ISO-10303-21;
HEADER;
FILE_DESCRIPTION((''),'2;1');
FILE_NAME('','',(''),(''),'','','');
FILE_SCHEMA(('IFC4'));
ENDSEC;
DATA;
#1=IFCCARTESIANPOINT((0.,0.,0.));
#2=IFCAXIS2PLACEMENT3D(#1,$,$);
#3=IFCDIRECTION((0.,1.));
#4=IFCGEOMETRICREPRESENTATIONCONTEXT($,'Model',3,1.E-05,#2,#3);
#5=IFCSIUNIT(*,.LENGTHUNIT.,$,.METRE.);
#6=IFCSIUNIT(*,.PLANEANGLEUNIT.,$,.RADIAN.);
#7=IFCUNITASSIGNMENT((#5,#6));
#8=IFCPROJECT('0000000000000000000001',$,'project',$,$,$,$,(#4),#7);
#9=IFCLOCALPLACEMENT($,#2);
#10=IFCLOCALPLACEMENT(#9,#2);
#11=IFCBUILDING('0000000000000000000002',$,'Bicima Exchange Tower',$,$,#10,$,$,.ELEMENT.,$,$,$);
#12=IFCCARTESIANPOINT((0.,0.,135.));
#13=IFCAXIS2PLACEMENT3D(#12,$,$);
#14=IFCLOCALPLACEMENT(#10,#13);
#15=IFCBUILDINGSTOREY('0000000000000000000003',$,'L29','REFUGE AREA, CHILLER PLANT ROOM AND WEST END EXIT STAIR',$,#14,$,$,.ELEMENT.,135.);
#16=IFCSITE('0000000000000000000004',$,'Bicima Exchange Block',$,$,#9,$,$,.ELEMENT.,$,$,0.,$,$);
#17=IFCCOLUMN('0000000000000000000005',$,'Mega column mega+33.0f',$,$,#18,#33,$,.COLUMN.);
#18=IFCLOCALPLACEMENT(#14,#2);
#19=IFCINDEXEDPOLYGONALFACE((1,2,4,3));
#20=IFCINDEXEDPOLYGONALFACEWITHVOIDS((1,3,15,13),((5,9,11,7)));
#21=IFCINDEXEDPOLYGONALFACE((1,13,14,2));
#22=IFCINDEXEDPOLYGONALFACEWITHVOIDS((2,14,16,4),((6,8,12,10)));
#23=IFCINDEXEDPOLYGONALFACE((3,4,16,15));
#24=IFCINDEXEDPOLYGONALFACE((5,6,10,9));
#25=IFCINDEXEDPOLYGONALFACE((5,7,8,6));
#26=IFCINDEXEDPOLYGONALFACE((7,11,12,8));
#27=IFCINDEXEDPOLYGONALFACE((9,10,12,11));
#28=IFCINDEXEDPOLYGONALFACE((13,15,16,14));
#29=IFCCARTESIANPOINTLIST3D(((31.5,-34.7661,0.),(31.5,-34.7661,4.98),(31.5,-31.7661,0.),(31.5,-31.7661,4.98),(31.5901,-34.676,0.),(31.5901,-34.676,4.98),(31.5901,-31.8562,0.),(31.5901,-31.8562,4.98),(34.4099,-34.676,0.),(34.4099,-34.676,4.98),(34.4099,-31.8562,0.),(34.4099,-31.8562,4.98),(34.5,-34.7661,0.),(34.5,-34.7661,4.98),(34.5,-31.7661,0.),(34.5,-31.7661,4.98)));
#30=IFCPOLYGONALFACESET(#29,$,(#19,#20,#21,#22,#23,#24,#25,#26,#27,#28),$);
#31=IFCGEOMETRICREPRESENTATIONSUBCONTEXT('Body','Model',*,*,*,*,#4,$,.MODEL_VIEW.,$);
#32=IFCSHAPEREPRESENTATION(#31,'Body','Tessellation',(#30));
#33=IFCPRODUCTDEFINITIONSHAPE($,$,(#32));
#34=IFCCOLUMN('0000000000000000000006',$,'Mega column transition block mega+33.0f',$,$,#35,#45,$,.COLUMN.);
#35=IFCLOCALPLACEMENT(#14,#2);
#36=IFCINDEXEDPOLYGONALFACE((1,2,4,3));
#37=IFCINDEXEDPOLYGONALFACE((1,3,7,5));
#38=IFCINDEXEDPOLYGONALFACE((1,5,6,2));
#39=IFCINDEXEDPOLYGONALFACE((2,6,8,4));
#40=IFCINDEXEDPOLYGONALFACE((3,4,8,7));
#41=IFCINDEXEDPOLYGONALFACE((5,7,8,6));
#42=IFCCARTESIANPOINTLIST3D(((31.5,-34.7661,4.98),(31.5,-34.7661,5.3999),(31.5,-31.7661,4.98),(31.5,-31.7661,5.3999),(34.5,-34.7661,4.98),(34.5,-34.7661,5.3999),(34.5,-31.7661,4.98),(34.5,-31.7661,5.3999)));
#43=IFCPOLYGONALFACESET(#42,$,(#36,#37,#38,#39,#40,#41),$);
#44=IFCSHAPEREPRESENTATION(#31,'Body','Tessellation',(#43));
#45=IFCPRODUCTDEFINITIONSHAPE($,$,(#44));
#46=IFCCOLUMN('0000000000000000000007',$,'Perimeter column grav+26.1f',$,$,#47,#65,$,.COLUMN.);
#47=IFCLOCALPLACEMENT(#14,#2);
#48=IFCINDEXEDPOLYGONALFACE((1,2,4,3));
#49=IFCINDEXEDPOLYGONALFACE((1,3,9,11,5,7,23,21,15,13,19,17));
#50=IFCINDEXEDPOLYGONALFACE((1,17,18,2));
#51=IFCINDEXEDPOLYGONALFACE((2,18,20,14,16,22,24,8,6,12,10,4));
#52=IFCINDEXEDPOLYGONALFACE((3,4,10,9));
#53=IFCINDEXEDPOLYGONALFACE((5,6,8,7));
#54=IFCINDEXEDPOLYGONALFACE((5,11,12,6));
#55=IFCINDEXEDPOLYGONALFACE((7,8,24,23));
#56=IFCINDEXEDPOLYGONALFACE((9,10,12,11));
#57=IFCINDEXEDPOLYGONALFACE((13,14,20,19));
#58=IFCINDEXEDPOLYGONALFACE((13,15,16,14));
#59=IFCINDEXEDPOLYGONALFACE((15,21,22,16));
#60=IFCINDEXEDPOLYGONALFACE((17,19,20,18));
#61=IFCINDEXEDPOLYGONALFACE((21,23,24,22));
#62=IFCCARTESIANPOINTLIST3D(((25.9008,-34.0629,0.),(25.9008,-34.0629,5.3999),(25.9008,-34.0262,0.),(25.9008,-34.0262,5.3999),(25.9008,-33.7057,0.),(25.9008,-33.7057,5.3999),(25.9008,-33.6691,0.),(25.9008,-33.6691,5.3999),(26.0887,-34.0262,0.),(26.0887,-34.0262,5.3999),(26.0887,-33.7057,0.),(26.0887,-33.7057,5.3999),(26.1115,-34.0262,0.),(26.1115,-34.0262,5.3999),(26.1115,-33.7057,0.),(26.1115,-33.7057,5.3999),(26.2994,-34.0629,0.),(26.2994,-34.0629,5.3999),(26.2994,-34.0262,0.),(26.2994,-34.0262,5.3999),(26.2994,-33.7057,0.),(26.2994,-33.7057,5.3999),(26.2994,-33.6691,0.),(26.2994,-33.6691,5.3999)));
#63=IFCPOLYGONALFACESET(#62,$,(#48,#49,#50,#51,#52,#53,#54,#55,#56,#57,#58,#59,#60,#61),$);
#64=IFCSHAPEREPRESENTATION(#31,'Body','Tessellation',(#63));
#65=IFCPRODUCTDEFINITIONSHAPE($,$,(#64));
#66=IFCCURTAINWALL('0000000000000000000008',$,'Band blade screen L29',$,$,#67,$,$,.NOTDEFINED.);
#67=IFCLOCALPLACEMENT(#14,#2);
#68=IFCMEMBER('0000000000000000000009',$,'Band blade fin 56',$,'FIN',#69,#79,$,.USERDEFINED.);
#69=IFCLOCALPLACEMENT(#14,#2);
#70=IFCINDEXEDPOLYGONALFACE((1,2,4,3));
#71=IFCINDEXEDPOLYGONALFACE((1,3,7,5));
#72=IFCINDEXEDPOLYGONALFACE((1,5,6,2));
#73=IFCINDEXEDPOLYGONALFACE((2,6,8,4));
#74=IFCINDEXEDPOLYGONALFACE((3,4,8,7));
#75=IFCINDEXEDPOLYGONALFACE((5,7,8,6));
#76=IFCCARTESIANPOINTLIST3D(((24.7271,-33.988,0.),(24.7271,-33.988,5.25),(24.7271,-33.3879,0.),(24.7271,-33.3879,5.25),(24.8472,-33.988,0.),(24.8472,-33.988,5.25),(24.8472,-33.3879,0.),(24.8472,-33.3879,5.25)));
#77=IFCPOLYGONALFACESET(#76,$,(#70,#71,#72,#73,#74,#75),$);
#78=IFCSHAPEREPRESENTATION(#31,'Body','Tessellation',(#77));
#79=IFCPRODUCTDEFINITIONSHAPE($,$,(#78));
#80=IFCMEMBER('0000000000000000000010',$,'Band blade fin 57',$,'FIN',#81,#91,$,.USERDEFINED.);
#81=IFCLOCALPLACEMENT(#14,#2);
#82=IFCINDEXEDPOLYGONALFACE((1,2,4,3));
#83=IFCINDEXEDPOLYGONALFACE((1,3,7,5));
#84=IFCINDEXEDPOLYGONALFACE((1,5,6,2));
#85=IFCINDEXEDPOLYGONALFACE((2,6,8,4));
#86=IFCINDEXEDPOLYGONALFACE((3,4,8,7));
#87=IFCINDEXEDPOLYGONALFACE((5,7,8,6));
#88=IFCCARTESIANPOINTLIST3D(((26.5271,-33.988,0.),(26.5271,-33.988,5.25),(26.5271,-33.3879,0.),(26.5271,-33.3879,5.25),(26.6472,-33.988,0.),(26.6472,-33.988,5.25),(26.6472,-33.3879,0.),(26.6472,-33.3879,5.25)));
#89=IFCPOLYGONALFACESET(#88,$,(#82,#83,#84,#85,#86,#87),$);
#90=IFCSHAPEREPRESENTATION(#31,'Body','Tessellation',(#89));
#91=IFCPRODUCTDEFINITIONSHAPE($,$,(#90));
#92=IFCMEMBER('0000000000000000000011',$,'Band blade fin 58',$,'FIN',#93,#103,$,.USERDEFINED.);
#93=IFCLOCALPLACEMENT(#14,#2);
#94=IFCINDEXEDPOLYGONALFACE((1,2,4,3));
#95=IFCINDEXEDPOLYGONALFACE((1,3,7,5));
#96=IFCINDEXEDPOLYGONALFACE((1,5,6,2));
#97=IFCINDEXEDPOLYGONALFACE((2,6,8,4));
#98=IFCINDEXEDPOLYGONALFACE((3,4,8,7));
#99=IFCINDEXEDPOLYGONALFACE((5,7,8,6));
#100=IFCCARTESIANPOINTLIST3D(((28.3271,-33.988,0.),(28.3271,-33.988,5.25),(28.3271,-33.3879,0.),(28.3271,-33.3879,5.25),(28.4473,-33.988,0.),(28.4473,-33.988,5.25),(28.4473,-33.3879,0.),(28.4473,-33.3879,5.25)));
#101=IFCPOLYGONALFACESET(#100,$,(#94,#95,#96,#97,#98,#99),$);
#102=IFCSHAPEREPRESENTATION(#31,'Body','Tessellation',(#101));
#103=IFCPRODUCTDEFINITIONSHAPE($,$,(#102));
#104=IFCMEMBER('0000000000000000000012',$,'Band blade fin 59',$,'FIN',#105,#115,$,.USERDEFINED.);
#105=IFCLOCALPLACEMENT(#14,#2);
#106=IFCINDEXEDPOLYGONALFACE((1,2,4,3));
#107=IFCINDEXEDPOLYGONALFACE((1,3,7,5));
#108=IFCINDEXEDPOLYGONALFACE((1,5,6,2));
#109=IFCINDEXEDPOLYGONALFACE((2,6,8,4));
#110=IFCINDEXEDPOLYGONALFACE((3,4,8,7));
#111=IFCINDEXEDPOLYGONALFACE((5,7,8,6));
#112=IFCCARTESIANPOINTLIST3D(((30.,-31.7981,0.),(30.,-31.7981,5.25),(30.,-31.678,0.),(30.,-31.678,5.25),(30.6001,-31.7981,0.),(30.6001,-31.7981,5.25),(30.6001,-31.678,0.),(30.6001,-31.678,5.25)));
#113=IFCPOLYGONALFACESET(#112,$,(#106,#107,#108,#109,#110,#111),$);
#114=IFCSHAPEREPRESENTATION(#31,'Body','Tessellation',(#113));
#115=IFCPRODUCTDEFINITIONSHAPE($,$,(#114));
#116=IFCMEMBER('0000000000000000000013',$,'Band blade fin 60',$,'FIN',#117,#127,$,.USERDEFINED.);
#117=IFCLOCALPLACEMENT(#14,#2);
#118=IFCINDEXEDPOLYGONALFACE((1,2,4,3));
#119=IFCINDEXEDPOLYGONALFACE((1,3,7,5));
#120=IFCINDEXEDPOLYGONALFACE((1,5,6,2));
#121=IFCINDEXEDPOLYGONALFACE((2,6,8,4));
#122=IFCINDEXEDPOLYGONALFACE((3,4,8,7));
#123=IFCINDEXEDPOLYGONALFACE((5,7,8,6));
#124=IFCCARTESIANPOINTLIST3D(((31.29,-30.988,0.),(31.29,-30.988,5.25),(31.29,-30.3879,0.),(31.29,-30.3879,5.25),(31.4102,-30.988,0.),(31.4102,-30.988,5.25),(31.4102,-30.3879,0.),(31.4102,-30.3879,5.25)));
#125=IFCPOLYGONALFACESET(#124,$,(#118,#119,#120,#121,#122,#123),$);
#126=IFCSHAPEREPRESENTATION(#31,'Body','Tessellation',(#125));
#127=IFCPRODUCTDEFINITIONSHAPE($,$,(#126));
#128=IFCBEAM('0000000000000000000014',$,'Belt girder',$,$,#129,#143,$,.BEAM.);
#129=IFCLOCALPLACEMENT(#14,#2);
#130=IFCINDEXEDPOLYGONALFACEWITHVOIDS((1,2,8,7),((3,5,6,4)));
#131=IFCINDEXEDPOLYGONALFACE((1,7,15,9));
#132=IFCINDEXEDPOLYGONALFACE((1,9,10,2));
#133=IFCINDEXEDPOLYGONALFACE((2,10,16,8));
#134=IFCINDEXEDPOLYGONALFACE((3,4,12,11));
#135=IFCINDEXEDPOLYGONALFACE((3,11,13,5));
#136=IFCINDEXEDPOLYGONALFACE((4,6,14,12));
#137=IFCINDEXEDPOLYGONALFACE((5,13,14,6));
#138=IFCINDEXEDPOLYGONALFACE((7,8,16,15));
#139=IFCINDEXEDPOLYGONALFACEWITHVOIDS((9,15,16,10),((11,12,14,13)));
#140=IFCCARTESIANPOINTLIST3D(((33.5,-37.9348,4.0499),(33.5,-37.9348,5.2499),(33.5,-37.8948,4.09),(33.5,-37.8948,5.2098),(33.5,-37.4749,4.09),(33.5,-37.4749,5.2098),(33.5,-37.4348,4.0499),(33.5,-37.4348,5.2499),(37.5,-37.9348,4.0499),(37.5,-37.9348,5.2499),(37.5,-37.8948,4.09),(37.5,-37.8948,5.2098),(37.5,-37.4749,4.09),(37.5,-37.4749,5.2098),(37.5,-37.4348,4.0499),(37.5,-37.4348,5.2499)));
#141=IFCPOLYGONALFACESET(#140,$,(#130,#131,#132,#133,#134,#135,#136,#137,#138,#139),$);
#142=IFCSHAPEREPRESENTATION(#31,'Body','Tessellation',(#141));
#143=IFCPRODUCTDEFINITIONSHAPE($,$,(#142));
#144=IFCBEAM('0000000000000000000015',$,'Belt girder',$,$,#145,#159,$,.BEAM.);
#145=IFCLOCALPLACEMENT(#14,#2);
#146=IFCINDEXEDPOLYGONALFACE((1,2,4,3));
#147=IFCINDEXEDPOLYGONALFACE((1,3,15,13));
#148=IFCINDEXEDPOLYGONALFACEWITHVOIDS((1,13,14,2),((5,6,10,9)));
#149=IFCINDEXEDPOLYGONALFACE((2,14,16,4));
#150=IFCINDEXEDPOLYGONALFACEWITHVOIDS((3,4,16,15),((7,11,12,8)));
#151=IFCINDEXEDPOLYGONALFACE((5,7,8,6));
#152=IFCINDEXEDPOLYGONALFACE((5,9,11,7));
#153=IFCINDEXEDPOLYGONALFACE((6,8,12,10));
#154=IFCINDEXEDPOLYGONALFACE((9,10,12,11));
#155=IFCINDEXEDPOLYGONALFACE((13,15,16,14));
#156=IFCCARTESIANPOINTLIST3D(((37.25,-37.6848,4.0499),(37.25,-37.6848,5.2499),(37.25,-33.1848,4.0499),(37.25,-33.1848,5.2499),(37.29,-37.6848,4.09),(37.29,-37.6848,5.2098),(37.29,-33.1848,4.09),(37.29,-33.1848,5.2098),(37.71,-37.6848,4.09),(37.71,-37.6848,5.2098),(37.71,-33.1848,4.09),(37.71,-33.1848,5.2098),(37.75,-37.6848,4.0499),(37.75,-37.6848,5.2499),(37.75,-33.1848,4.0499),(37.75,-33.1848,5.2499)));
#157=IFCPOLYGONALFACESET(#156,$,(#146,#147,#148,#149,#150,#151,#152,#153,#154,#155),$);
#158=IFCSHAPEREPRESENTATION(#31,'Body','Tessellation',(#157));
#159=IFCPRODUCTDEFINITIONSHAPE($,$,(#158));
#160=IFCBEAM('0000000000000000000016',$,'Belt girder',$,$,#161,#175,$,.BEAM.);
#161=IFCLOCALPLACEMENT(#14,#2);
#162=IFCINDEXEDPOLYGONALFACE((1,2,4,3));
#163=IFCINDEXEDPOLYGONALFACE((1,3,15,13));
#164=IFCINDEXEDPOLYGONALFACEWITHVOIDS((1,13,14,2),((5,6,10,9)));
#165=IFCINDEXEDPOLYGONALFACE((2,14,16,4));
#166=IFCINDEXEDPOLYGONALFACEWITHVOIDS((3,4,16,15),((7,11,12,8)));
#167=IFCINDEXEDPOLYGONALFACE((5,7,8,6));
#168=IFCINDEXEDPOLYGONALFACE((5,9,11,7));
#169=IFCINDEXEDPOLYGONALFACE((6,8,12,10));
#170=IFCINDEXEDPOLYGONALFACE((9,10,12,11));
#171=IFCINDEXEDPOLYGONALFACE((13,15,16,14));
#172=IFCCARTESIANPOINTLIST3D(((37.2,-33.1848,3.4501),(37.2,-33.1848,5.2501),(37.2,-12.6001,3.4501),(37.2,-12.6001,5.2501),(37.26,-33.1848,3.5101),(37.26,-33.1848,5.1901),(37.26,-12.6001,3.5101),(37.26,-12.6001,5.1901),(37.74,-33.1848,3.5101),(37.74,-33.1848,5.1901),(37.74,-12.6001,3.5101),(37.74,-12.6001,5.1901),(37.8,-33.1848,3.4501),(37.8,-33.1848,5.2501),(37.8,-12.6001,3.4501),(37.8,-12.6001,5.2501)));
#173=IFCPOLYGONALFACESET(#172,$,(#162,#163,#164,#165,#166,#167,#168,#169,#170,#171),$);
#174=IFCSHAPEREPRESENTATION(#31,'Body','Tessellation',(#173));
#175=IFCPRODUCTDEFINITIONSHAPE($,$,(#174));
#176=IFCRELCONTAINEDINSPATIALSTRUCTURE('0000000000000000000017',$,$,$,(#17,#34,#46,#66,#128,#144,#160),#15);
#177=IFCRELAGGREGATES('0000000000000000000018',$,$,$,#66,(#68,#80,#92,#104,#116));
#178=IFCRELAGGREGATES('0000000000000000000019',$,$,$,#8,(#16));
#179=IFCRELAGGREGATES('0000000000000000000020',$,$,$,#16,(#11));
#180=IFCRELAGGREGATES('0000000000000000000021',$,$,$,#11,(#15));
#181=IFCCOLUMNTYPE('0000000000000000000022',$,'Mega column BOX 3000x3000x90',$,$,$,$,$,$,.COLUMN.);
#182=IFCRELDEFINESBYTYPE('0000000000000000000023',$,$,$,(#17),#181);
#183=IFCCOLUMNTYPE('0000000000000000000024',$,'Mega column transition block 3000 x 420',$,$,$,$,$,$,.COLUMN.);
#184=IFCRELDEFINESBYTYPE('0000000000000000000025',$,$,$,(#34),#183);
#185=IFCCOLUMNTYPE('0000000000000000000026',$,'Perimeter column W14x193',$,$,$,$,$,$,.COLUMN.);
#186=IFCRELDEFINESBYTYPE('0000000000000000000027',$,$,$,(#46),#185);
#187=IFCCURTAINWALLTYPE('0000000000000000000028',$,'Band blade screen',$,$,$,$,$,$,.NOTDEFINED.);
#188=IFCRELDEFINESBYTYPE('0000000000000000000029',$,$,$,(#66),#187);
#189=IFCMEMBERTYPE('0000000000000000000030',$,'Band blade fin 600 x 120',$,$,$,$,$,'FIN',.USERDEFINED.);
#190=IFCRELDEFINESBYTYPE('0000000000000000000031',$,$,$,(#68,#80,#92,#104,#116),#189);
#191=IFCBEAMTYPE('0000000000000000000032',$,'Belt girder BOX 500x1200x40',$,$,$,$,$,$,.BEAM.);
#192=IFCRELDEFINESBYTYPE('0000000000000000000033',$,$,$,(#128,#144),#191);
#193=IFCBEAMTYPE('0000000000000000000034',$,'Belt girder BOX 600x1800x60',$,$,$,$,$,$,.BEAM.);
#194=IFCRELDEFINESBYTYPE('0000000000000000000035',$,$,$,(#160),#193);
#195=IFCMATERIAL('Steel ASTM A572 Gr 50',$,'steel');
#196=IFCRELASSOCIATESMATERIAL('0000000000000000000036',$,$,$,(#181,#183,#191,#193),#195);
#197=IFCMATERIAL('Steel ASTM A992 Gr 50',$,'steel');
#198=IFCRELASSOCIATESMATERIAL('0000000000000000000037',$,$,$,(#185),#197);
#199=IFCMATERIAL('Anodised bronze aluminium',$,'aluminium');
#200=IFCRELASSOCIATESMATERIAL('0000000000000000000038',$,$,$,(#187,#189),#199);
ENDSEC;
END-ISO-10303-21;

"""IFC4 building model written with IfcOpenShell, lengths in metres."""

from ifc_helpers import new_model, si_unit, direction, frame, origin, origin_2d, place, context, subcontext, project, spatial, rectangle, hollow_rectangle, i_section, extrude, material, material_profile, profile_set, type_object, element, aggregate, save


model = new_model("IFC4")

# Units and contexts
model_context = context("Model", 3, precision=1e-05, world=origin(), true_north=direction((0.0, 1.0)))
body_context = subcontext(model_context, "Body", "Model", "MODEL_VIEW")
ifc_project = project(units=[si_unit("LENGTHUNIT", "METRE"), si_unit("PLANEANGLEUNIT", "RADIAN")], contexts=[model_context])

# Site, building, storey
site_placement = place(None, origin())
site = spatial("IfcSite", under=ifc_project, at=site_placement, Name="Bicima Exchange Block", CompositionType="ELEMENT", RefElevation=0.0)
building_placement = place(site_placement, origin())
building = spatial("IfcBuilding", under=site, at=building_placement, Name="Bicima Exchange Tower", CompositionType="ELEMENT")
storey_placement = place(building_placement, frame((0.0, 0.0, 135.0)))
storey = spatial("IfcBuildingStorey", under=building, at=storey_placement, Name="L29", Description="REFUGE AREA, CHILLER PLANT ROOM AND WEST END EXIT STAIR", CompositionType="ELEMENT", Elevation=135.0)

# Columns
ifc_material_1 = material(Name="Steel ASTM A572 Gr 50", Category="steel")
ifc_material_profile_1 = material_profile(ifc_material_1, hollow_rectangle(XDim=3.0, YDim=3.0, WallThickness=0.0901, at=origin_2d()))
ifc_profile_set_1 = profile_set([ifc_material_profile_1], Name="Steel ASTM A572 Gr 50")
column_type_1 = type_object("IfcColumnType", Name="Mega column BOX 3000x3000x90", PredefinedType="COLUMN", material=ifc_profile_set_1)
column_1_placement = place(storey_placement, frame((33.0, -33.2661, 0.0), z_axis=(0.0, 0.0, 1.0), x_axis=(1.0, 0.0, 0.0)))
element("IfcColumn", 1, at=column_1_placement, inside=storey, type_object=column_type_1, Name="Mega column mega+33.0f", PredefinedType="COLUMN", context=body_context, shape_type="SweptSolid", body=[
    extrude(hollow_rectangle(XDim=3.0, YDim=3.0, WallThickness=0.0901, at=origin_2d()), origin(), (0.0, 0.0, 1.0), 4.98),
])
ifc_material_profile_2 = material_profile(ifc_material_1, rectangle(XDim=3.0, YDim=3.0, at=origin_2d()))
ifc_profile_set_2 = profile_set([ifc_material_profile_2], Name="Steel ASTM A572 Gr 50")
column_type_2 = type_object("IfcColumnType", Name="Mega column transition block 3000 x 420", PredefinedType="COLUMN", material=ifc_profile_set_2)
column_2_placement = place(storey_placement, frame((33.0, -33.2661, 4.98), z_axis=(0.0, 0.0, 1.0), x_axis=(1.0, 0.0, 0.0)))
element("IfcColumn", 2, at=column_2_placement, inside=storey, type_object=column_type_2, Name="Mega column transition block mega+33.0f", PredefinedType="COLUMN", context=body_context, shape_type="SweptSolid", body=[
    extrude(rectangle(XDim=3.0, YDim=3.0, at=origin_2d()), origin(), (0.0, 0.0, 1.0), 0.4199),
])
ifc_material_2 = material(Name="Steel ASTM A992 Gr 50", Category="steel")
ifc_material_profile_3 = material_profile(ifc_material_2, i_section(OverallWidth=0.3987, OverallDepth=0.3938, WebThickness=0.0227, FlangeThickness=0.0366, at=origin_2d()))
ifc_profile_set_3 = profile_set([ifc_material_profile_3], Name="Steel ASTM A992 Gr 50")
column_type_3 = type_object("IfcColumnType", Name="Perimeter column W14x193", PredefinedType="COLUMN", material=ifc_profile_set_3)
column_3_placement = place(storey_placement, frame((26.1001, -33.866, 0.0), z_axis=(0.0, 0.0, 1.0), x_axis=(1.0, 0.0, 0.0)))
element("IfcColumn", 3, at=column_3_placement, inside=storey, type_object=column_type_3, Name="Perimeter column grav+26.1f", PredefinedType="COLUMN", context=body_context, shape_type="SweptSolid", body=[
    extrude(i_section(OverallWidth=0.3987, OverallDepth=0.3938, WebThickness=0.0227, FlangeThickness=0.0366, at=origin_2d()), origin(), (0.0, 0.0, 1.0), 5.3999),
])

# Curtain wall, members
ifc_material_3 = material(Name="Anodised bronze aluminium", Category="aluminium")
curtain_wall_type = type_object("IfcCurtainWallType", Name="Band blade screen", PredefinedType="NOTDEFINED", material=ifc_material_3)
curtain_wall_placement = place(storey_placement, origin())
curtain_wall = element("IfcCurtainWall", 4, at=curtain_wall_placement, inside=storey, type_object=curtain_wall_type, Name="Band blade screen L29", PredefinedType="NOTDEFINED")
ifc_material_profile_4 = material_profile(ifc_material_3, rectangle(XDim=0.6001, YDim=0.1201, at=origin_2d()))
ifc_profile_set_4 = profile_set([ifc_material_profile_4], Name="Anodised bronze aluminium")
member_type_1 = type_object("IfcMemberType", Name="Band blade fin 600 x 120", ElementType="FIN", PredefinedType="USERDEFINED", material=ifc_profile_set_4)
member_1_placement = place(storey_placement, frame((24.7871, -33.688, 0.0), z_axis=(0.0, 0.0, 1.0), x_axis=(0.0, 1.0, 0.0)))
member_1 = element("IfcMember", 5, at=member_1_placement, type_object=member_type_1, Name="Band blade fin 56", ObjectType="FIN", PredefinedType="USERDEFINED", context=body_context, shape_type="SweptSolid", body=[
    extrude(rectangle(XDim=0.6001, YDim=0.1201, at=origin_2d()), origin(), (0.0, 0.0, 1.0), 5.25),
])
member_2_placement = place(storey_placement, frame((26.5872, -33.688, 0.0), z_axis=(0.0, 0.0, 1.0), x_axis=(0.0, 1.0, 0.0)))
member_2 = element("IfcMember", 6, at=member_2_placement, type_object=member_type_1, Name="Band blade fin 57", ObjectType="FIN", PredefinedType="USERDEFINED", context=body_context, shape_type="SweptSolid", body=[
    extrude(rectangle(XDim=0.6001, YDim=0.1201, at=origin_2d()), origin(), (0.0, 0.0, 1.0), 5.25),
])
member_3_placement = place(storey_placement, frame((28.3872, -33.688, 0.0), z_axis=(0.0, 0.0, 1.0), x_axis=(0.0, 1.0, 0.0)))
member_3 = element("IfcMember", 7, at=member_3_placement, type_object=member_type_1, Name="Band blade fin 58", ObjectType="FIN", PredefinedType="USERDEFINED", context=body_context, shape_type="SweptSolid", body=[
    extrude(rectangle(XDim=0.6001, YDim=0.1201, at=origin_2d()), origin(), (0.0, 0.0, 1.0), 5.25),
])
member_4_placement = place(storey_placement, frame((30.3, -31.738, 0.0), z_axis=(0.0, 0.0, 1.0), x_axis=(-1.0, 0.0, 0.0)))
member_4 = element("IfcMember", 8, at=member_4_placement, type_object=member_type_1, Name="Band blade fin 59", ObjectType="FIN", PredefinedType="USERDEFINED", context=body_context, shape_type="SweptSolid", body=[
    extrude(rectangle(XDim=0.6001, YDim=0.1201, at=origin_2d()), origin(), (0.0, 0.0, 1.0), 5.25),
])
member_5_placement = place(storey_placement, frame((31.3501, -30.688, 0.0), z_axis=(0.0, 0.0, 1.0), x_axis=(0.0, 1.0, 0.0)))
member_5 = element("IfcMember", 9, at=member_5_placement, type_object=member_type_1, Name="Band blade fin 60", ObjectType="FIN", PredefinedType="USERDEFINED", context=body_context, shape_type="SweptSolid", body=[
    extrude(rectangle(XDim=0.6001, YDim=0.1201, at=origin_2d()), origin(), (0.0, 0.0, 1.0), 5.25),
])
aggregate(curtain_wall, [member_1, member_2, member_3, member_4, member_5])

# Beams
ifc_material_profile_5 = material_profile(ifc_material_1, hollow_rectangle(XDim=0.5, YDim=1.2, WallThickness=0.04, at=origin_2d()))
ifc_profile_set_5 = profile_set([ifc_material_profile_5], Name="Steel ASTM A572 Gr 50")
beam_type_1 = type_object("IfcBeamType", Name="Belt girder BOX 500x1200x40", PredefinedType="BEAM", material=ifc_profile_set_5)
beam_1_placement = place(storey_placement, frame((33.5, -37.6848, 4.6499), z_axis=(1.0, 0.0, 0.0), x_axis=(0.0, 1.0, 0.0)))
element("IfcBeam", 10, at=beam_1_placement, inside=storey, type_object=beam_type_1, Name="Belt girder", PredefinedType="BEAM", context=body_context, shape_type="SweptSolid", body=[
    extrude(hollow_rectangle(XDim=0.5, YDim=1.2, WallThickness=0.04, at=origin_2d()), origin(), (0.0, 0.0, 1.0), 4.0),
])
beam_2_placement = place(storey_placement, frame((37.5, -37.6848, 4.6499), z_axis=(0.0, 1.0, 0.0), x_axis=(-1.0, 0.0, 0.0)))
element("IfcBeam", 11, at=beam_2_placement, inside=storey, type_object=beam_type_1, Name="Belt girder", PredefinedType="BEAM", context=body_context, shape_type="SweptSolid", body=[
    extrude(hollow_rectangle(XDim=0.5, YDim=1.2, WallThickness=0.04, at=origin_2d()), origin(), (0.0, 0.0, 1.0), 4.5),
])
ifc_material_profile_6 = material_profile(ifc_material_1, hollow_rectangle(XDim=0.6001, YDim=1.8, WallThickness=0.0601, at=origin_2d()))
ifc_profile_set_6 = profile_set([ifc_material_profile_6], Name="Steel ASTM A572 Gr 50")
beam_type_2 = type_object("IfcBeamType", Name="Belt girder BOX 600x1800x60", PredefinedType="BEAM", material=ifc_profile_set_6)
beam_3_placement = place(storey_placement, frame((37.5, -33.1848, 4.3501), z_axis=(0.0, 1.0, 0.0), x_axis=(-1.0, 0.0, 0.0)))
element("IfcBeam", 12, at=beam_3_placement, inside=storey, type_object=beam_type_2, Name="Belt girder", PredefinedType="BEAM", context=body_context, shape_type="SweptSolid", body=[
    extrude(hollow_rectangle(XDim=0.6001, YDim=1.8, WallThickness=0.0601, at=origin_2d()), origin(), (0.0, 0.0, 1.0), 20.5847),
])

save(model, "model.ifc")
